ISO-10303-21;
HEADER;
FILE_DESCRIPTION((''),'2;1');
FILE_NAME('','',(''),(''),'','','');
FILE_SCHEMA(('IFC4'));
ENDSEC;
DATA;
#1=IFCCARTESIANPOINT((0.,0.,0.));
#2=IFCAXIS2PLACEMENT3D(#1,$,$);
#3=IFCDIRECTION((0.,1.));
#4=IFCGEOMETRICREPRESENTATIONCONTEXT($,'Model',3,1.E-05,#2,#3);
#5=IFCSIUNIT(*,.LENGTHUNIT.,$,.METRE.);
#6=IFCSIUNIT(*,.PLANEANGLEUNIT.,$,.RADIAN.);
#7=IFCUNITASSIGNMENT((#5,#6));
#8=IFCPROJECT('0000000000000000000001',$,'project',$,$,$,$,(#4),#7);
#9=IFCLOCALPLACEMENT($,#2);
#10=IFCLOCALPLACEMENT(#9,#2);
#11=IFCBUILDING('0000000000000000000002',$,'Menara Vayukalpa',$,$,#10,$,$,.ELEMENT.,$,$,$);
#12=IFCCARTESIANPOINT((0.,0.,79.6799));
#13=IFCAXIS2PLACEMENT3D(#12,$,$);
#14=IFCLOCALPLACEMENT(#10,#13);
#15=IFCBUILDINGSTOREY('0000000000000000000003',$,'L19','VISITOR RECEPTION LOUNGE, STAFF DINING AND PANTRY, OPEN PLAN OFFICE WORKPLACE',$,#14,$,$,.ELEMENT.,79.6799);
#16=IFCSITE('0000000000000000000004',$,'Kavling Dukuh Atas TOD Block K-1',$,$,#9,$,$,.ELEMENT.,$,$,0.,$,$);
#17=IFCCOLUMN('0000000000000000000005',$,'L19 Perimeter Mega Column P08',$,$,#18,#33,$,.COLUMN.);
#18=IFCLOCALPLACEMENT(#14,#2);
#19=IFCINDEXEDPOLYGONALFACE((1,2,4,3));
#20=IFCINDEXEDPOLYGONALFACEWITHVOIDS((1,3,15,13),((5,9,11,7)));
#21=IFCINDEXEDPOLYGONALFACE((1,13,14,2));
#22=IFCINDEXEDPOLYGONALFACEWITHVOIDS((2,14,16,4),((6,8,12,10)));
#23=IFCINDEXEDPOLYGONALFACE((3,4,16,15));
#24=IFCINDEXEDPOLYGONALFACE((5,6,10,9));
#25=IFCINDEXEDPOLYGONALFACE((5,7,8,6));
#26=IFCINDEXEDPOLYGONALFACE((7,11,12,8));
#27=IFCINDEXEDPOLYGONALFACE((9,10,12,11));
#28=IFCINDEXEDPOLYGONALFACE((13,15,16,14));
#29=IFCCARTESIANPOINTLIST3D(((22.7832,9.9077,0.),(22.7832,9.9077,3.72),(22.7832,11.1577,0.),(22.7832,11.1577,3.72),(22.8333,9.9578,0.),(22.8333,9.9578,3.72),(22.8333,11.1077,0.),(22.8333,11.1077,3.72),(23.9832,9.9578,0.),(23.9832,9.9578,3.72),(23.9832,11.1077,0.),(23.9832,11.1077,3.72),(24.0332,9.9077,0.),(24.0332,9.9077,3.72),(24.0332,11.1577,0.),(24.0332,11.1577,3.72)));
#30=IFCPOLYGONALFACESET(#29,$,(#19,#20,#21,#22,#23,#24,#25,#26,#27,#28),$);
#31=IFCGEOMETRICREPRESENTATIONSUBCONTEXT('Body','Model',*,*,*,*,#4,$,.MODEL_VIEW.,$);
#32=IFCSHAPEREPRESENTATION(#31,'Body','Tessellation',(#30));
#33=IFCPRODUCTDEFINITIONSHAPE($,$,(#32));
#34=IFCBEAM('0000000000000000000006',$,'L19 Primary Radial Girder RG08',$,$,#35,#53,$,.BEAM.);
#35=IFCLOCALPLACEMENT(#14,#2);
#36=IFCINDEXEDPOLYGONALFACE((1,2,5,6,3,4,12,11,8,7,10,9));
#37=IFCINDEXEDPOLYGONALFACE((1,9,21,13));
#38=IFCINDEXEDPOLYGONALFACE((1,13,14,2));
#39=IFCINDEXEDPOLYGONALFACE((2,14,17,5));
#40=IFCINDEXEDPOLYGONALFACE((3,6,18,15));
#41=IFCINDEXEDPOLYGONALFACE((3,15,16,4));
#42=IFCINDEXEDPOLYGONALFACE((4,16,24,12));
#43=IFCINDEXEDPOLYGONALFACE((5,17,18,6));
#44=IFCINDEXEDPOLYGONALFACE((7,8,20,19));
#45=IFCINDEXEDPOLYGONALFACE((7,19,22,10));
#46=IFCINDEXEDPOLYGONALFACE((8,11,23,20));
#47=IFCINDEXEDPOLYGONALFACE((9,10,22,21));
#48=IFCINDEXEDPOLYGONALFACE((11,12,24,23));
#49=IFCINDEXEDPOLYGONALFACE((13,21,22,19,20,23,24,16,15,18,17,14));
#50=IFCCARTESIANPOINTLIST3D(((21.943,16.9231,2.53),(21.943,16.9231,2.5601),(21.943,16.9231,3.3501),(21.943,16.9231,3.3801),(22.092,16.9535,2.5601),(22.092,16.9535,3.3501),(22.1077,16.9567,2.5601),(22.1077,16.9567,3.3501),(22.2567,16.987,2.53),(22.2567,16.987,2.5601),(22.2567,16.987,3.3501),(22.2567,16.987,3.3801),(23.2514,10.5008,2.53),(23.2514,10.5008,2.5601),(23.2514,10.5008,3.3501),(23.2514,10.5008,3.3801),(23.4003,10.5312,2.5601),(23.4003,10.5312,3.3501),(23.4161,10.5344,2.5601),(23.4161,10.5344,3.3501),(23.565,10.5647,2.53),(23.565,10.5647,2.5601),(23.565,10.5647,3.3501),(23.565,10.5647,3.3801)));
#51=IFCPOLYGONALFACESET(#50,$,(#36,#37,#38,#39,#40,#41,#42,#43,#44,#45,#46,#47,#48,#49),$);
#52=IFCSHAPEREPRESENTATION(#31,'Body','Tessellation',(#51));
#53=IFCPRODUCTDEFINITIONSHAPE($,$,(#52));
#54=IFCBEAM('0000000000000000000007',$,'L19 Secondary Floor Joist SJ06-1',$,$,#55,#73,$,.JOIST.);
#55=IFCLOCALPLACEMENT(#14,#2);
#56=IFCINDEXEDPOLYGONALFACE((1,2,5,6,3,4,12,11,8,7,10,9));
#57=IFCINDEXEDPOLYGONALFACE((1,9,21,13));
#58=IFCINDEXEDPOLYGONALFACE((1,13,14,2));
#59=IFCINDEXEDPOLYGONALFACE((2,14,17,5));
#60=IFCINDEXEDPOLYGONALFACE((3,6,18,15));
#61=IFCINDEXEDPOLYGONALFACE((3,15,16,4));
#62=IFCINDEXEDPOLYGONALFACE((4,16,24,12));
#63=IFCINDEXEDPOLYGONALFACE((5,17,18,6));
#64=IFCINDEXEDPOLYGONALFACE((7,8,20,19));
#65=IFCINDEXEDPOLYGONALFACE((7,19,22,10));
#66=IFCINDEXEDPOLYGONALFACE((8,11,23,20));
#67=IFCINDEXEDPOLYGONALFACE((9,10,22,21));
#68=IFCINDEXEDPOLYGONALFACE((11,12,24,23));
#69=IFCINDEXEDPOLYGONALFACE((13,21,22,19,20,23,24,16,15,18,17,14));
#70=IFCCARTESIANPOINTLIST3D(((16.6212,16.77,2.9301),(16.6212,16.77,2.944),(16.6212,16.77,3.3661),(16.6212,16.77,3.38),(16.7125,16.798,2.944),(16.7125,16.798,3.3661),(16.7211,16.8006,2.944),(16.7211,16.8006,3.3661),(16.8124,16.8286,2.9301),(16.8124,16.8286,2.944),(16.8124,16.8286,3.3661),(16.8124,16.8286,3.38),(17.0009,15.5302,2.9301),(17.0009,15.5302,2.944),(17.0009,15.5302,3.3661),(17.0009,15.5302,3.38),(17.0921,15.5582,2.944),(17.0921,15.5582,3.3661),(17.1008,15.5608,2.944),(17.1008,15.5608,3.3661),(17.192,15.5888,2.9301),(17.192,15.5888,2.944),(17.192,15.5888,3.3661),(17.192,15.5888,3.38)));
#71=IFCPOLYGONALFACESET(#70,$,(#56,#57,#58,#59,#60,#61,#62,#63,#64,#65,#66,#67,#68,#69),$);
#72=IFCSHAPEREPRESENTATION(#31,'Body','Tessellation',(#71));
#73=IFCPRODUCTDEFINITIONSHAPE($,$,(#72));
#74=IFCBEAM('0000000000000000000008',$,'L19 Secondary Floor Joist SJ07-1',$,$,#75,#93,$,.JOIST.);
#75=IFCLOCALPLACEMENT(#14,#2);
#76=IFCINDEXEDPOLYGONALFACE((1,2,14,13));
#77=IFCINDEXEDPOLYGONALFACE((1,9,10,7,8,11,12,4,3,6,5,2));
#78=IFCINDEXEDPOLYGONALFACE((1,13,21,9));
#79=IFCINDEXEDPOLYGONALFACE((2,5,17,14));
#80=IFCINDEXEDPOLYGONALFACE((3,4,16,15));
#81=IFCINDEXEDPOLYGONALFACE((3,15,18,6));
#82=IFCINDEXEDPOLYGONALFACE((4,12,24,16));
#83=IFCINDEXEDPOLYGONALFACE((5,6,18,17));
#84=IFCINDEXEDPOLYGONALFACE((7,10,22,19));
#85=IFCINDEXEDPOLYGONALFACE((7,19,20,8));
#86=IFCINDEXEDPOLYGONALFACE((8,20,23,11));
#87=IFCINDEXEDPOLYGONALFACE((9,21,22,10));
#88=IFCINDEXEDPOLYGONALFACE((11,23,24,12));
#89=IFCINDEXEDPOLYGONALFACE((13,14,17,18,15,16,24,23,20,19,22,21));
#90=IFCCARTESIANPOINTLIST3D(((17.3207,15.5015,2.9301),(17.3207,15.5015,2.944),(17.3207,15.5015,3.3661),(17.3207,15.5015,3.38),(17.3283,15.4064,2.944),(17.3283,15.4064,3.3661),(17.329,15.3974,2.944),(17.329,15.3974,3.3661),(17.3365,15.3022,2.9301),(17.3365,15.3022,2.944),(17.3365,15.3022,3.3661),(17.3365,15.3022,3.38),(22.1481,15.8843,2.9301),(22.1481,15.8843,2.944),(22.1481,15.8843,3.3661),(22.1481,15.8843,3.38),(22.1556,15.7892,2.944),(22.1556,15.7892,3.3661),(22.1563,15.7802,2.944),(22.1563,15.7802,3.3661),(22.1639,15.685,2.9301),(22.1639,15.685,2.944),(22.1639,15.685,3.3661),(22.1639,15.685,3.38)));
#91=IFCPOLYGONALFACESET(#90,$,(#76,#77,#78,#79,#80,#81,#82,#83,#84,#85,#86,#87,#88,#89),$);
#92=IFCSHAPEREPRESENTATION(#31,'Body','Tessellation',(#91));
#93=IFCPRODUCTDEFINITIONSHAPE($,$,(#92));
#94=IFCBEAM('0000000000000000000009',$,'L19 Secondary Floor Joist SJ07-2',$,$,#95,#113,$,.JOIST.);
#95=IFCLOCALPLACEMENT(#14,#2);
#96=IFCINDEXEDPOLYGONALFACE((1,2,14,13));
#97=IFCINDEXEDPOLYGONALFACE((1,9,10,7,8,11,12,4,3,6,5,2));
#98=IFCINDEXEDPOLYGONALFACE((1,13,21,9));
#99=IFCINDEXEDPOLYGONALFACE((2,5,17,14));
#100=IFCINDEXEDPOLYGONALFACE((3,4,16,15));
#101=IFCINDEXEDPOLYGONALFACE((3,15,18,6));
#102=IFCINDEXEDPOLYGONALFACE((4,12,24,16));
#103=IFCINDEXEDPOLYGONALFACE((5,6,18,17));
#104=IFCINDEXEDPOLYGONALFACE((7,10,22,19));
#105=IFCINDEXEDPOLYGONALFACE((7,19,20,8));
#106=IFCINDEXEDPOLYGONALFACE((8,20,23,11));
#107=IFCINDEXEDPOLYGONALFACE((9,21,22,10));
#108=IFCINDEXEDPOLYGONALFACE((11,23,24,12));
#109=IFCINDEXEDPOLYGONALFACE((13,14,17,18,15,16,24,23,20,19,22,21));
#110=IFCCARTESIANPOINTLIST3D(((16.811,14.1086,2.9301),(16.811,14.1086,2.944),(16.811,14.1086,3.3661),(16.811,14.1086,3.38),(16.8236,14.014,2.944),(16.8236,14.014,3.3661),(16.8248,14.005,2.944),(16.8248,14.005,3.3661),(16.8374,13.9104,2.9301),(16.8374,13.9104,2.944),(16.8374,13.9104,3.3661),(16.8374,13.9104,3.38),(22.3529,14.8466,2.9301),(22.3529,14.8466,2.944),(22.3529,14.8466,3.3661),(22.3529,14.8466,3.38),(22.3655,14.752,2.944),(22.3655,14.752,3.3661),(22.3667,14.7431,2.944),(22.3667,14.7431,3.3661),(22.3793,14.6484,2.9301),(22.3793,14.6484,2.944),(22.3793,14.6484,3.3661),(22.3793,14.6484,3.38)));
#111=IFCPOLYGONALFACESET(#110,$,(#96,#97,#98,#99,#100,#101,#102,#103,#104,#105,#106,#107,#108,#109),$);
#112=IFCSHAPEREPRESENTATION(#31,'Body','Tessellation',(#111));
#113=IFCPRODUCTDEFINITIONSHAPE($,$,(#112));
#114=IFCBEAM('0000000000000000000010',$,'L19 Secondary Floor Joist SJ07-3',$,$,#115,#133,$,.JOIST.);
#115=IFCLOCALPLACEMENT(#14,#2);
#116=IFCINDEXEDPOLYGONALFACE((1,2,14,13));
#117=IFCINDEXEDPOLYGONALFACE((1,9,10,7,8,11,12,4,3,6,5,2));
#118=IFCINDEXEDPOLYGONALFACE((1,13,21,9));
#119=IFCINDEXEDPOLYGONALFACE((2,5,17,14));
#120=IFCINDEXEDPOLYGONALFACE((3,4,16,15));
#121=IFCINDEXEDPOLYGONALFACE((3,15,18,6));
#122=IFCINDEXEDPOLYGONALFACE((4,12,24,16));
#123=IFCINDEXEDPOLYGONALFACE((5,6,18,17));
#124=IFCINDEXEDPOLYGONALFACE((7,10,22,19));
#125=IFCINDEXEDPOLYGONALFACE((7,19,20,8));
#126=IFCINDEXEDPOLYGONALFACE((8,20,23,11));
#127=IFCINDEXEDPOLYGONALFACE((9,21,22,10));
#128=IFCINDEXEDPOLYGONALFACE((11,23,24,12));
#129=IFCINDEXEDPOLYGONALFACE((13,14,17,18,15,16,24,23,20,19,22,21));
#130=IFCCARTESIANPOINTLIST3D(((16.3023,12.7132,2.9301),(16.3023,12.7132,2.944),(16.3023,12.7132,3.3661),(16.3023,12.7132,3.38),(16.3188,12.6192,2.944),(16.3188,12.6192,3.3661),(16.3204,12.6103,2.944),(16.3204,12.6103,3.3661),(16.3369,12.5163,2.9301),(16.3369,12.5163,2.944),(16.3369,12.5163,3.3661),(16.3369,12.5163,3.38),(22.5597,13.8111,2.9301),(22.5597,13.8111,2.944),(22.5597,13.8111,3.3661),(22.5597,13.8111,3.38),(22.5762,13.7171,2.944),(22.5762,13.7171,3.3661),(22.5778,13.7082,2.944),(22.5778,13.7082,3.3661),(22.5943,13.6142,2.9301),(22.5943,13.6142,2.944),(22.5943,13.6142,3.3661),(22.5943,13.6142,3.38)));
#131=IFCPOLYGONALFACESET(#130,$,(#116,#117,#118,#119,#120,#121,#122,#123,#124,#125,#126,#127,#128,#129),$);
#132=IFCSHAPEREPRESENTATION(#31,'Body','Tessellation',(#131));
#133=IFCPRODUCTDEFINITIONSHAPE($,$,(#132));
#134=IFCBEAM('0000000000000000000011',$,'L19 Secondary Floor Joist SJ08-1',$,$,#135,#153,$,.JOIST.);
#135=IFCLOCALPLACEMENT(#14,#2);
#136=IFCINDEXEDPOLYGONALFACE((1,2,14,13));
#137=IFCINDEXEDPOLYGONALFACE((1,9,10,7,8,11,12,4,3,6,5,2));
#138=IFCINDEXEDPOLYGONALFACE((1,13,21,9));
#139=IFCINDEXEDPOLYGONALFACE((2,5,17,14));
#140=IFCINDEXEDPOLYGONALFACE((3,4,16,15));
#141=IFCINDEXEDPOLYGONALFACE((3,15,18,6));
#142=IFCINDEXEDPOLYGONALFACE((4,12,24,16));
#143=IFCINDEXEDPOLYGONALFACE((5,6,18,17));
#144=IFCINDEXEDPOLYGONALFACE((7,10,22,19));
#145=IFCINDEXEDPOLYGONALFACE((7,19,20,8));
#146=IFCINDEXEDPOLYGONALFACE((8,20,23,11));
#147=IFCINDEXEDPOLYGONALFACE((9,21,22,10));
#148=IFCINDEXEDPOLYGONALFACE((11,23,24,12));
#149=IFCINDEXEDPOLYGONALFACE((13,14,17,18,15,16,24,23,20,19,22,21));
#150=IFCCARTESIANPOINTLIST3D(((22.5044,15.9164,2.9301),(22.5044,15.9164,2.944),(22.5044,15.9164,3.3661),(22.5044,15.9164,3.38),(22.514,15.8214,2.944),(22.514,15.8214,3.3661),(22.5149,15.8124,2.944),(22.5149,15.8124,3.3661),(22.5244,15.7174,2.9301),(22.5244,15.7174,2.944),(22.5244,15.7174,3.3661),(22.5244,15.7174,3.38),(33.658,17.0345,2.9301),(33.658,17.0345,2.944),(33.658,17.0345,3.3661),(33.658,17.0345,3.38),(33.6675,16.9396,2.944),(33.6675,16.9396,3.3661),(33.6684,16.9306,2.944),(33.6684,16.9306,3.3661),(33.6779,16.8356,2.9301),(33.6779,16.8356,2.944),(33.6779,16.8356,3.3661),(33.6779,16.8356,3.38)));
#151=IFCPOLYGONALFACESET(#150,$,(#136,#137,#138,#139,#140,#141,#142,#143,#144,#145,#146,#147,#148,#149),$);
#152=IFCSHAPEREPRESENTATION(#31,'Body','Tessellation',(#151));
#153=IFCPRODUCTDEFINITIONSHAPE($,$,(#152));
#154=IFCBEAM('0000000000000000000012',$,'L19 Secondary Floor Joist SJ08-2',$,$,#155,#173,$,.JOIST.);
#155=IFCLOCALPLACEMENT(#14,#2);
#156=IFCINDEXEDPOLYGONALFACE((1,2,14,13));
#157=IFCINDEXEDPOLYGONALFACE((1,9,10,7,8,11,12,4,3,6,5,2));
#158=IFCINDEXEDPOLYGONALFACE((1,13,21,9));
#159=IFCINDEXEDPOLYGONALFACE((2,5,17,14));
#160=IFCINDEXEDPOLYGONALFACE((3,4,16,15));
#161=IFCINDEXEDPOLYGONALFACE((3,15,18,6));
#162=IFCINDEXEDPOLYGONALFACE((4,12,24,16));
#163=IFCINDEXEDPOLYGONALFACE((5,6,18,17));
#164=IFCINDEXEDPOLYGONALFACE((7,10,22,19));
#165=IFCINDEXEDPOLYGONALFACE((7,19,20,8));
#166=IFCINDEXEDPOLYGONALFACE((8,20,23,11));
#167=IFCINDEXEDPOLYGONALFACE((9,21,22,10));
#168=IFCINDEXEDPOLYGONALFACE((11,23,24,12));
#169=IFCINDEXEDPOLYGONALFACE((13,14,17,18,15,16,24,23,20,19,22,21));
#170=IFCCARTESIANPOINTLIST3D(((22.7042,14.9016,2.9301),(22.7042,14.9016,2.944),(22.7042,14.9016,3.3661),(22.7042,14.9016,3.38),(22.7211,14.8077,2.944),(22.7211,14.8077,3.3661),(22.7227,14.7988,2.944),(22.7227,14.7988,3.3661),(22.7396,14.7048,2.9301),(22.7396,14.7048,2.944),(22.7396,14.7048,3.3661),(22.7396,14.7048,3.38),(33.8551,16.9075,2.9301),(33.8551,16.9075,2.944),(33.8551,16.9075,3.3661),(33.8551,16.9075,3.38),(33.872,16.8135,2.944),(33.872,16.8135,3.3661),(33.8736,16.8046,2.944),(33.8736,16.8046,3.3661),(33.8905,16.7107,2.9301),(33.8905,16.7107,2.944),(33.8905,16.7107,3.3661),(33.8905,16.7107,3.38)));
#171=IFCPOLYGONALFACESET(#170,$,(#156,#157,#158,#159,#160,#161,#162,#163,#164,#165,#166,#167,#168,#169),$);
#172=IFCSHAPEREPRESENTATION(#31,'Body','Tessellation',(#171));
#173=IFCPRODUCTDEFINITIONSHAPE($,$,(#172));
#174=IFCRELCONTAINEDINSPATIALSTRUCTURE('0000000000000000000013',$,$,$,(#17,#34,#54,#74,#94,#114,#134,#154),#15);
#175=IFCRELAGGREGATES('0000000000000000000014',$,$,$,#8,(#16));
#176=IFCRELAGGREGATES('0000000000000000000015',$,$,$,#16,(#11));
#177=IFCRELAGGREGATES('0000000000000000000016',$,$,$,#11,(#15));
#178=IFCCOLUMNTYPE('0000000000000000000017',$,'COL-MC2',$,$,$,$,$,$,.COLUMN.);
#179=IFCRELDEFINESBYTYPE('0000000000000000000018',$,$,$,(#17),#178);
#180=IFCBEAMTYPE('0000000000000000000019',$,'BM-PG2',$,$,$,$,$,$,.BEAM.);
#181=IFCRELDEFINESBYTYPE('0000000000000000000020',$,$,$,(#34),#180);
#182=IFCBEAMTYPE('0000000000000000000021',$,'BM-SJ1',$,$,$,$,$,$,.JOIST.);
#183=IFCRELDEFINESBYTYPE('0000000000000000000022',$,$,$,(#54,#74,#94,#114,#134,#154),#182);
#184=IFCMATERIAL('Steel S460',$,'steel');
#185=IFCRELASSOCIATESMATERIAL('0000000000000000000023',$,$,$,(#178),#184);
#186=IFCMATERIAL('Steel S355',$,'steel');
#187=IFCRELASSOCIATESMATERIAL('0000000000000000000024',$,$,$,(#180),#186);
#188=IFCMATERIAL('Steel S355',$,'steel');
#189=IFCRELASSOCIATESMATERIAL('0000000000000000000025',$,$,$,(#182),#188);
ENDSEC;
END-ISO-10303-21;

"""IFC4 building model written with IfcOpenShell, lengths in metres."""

from ifc_helpers import new_model, si_unit, direction, frame, origin, origin_2d, place, context, subcontext, project, spatial, hollow_rectangle, i_section, extrude, material, material_profile, profile_set, type_object, element, save


model = new_model("IFC4")

# Units and contexts
model_context = context("Model", 3, precision=1e-05, world=origin(), true_north=direction((0.0, 1.0)))
body_context = subcontext(model_context, "Body", "Model", "MODEL_VIEW")
ifc_project = project(units=[si_unit("LENGTHUNIT", "METRE"), si_unit("PLANEANGLEUNIT", "RADIAN")], contexts=[model_context])

# Site, building, storey
site_placement = place(None, origin())
site = spatial("IfcSite", under=ifc_project, at=site_placement, Name="Kavling Dukuh Atas TOD Block K-1", CompositionType="ELEMENT", RefElevation=0.0)
building_placement = place(site_placement, origin())
building = spatial("IfcBuilding", under=site, at=building_placement, Name="Menara Vayukalpa", CompositionType="ELEMENT")
storey_placement = place(building_placement, frame((0.0, 0.0, 79.6799)))
storey = spatial("IfcBuildingStorey", under=building, at=storey_placement, Name="L19", Description="VISITOR RECEPTION LOUNGE, STAFF DINING AND PANTRY, OPEN PLAN OFFICE WORKPLACE", CompositionType="ELEMENT", Elevation=79.6799)

# Column
ifc_material_1 = material(Name="Steel S460", Category="steel")
ifc_material_profile_1 = material_profile(ifc_material_1, hollow_rectangle(XDim=1.25, YDim=1.25, WallThickness=0.05, at=origin_2d()), Name="BOX 1250x1250x50")
ifc_profile_set_1 = profile_set([ifc_material_profile_1], Name="Steel S460")
column_type = type_object("IfcColumnType", Name="COL-MC2", PredefinedType="COLUMN", material=ifc_profile_set_1)
column_placement = place(storey_placement, frame((23.4082, 10.5327, 0.0), z_axis=(0.0, 0.0, 1.0), x_axis=(1.0, 0.0, 0.0)))
element("IfcColumn", 1, at=column_placement, inside=storey, type_object=column_type, Name="L19 Perimeter Mega Column P08", PredefinedType="COLUMN", context=body_context, shape_type="SweptSolid", body=[
    extrude(hollow_rectangle(XDim=1.25, YDim=1.25, WallThickness=0.05, at=origin_2d()), origin(), (0.0, 0.0, 1.0), 3.72),
])

# Beams
ifc_material_2 = material(Name="Steel S355", Category="steel")
ifc_material_profile_2 = material_profile(ifc_material_2, i_section(OverallWidth=0.3201, OverallDepth=0.8501, WebThickness=0.0161, FlangeThickness=0.03, at=origin_2d()), Name="WF 850x320x16x30")
ifc_profile_set_2 = profile_set([ifc_material_profile_2], Name="Steel S355")
beam_type_1 = type_object("IfcBeamType", Name="BM-PG2", PredefinedType="BEAM", material=ifc_profile_set_2)
beam_1_placement = place(storey_placement, frame((22.0999, 16.9551, 2.9551), z_axis=(0.199618, -0.979874, 0.0), x_axis=(0.979874, 0.199618, 0.0)))
element("IfcBeam", 2, at=beam_1_placement, inside=storey, type_object=beam_type_1, Name="L19 Primary Radial Girder RG08", PredefinedType="BEAM", context=body_context, shape_type="SweptSolid", body=[
    extrude(i_section(OverallWidth=0.3201, OverallDepth=0.8501, WebThickness=0.0161, FlangeThickness=0.03, at=origin_2d()), origin(), (0.0, 0.0, 1.0), 6.5542),
])
ifc_material_3 = material(Name="Steel S355", Category="steel")
ifc_material_profile_3 = material_profile(ifc_material_3, i_section(OverallWidth=0.2, OverallDepth=0.45, WebThickness=0.009, FlangeThickness=0.0139, at=origin_2d()), Name="WF 450x200x9x14")
ifc_profile_set_3 = profile_set([ifc_material_profile_3], Name="Steel S355")
beam_type_2 = type_object("IfcBeamType", Name="BM-SJ1", PredefinedType="JOIST", material=ifc_profile_set_3)
beam_2_placement = place(storey_placement, frame((16.7168, 16.7993, 3.155), z_axis=(0.292802, -0.956173, 0.0), x_axis=(0.956173, 0.292802, 0.0)))
element("IfcBeam", 3, at=beam_2_placement, inside=storey, type_object=beam_type_2, Name="L19 Secondary Floor Joist SJ06-1", PredefinedType="JOIST", context=body_context, shape_type="SweptSolid", body=[
    extrude(i_section(OverallWidth=0.2, OverallDepth=0.45, WebThickness=0.009, FlangeThickness=0.0139, at=origin_2d()), origin(), (0.0, 0.0, 1.0), 1.2966),
])
beam_3_placement = place(storey_placement, frame((17.3286, 15.4019, 3.155), z_axis=(0.996871, 0.079052, 0.0), x_axis=(-0.079052, 0.996871, 0.0)))
element("IfcBeam", 4, at=beam_3_placement, inside=storey, type_object=beam_type_2, Name="L19 Secondary Floor Joist SJ07-1", PredefinedType="JOIST", context=body_context, shape_type="SweptSolid", body=[
    extrude(i_section(OverallWidth=0.2, OverallDepth=0.45, WebThickness=0.009, FlangeThickness=0.0139, at=origin_2d()), origin(), (0.0, 0.0, 1.0), 4.8425),
])
beam_4_placement = place(storey_placement, frame((16.8242, 14.0095, 3.155), z_axis=(0.991249, 0.132006, 0.0), x_axis=(-0.132006, 0.991249, 0.0)))
element("IfcBeam", 5, at=beam_4_placement, inside=storey, type_object=beam_type_2, Name="L19 Secondary Floor Joist SJ07-2", PredefinedType="JOIST", context=body_context, shape_type="SweptSolid", body=[
    extrude(i_section(OverallWidth=0.2, OverallDepth=0.45, WebThickness=0.009, FlangeThickness=0.0139, at=origin_2d()), origin(), (0.0, 0.0, 1.0), 5.5908),
])
beam_5_placement = place(storey_placement, frame((16.3196, 12.6147, 3.155), z_axis=(0.984954, 0.172818, 0.0), x_axis=(-0.172818, 0.984954, 0.0)))
element("IfcBeam", 6, at=beam_5_placement, inside=storey, type_object=beam_type_2, Name="L19 Secondary Floor Joist SJ07-3", PredefinedType="JOIST", context=body_context, shape_type="SweptSolid", body=[
    extrude(i_section(OverallWidth=0.2, OverallDepth=0.45, WebThickness=0.009, FlangeThickness=0.0139, at=origin_2d()), origin(), (0.0, 0.0, 1.0), 6.353),
])
beam_6_placement = place(storey_placement, frame((22.5144, 15.8169, 3.155), z_axis=(0.995012, 0.099752, 0.0), x_axis=(-0.099752, 0.995012, 0.0)))
element("IfcBeam", 7, at=beam_6_placement, inside=storey, type_object=beam_type_2, Name="L19 Secondary Floor Joist SJ08-1", PredefinedType="JOIST", context=body_context, shape_type="SweptSolid", body=[
    extrude(i_section(OverallWidth=0.2, OverallDepth=0.45, WebThickness=0.009, FlangeThickness=0.0139, at=origin_2d()), origin(), (0.0, 0.0, 1.0), 11.2095),
])
beam_7_placement = place(storey_placement, frame((22.7219, 14.8032, 3.155), z_axis=(0.984203, 0.177042, 0.0), x_axis=(-0.177042, 0.984203, 0.0)))
element("IfcBeam", 8, at=beam_7_placement, inside=storey, type_object=beam_type_2, Name="L19 Secondary Floor Joist SJ08-2", PredefinedType="JOIST", context=body_context, shape_type="SweptSolid", body=[
    extrude(i_section(OverallWidth=0.2, OverallDepth=0.45, WebThickness=0.009, FlangeThickness=0.0139, at=origin_2d()), origin(), (0.0, 0.0, 1.0), 11.3298),
])

save(model, "model.ifc")
